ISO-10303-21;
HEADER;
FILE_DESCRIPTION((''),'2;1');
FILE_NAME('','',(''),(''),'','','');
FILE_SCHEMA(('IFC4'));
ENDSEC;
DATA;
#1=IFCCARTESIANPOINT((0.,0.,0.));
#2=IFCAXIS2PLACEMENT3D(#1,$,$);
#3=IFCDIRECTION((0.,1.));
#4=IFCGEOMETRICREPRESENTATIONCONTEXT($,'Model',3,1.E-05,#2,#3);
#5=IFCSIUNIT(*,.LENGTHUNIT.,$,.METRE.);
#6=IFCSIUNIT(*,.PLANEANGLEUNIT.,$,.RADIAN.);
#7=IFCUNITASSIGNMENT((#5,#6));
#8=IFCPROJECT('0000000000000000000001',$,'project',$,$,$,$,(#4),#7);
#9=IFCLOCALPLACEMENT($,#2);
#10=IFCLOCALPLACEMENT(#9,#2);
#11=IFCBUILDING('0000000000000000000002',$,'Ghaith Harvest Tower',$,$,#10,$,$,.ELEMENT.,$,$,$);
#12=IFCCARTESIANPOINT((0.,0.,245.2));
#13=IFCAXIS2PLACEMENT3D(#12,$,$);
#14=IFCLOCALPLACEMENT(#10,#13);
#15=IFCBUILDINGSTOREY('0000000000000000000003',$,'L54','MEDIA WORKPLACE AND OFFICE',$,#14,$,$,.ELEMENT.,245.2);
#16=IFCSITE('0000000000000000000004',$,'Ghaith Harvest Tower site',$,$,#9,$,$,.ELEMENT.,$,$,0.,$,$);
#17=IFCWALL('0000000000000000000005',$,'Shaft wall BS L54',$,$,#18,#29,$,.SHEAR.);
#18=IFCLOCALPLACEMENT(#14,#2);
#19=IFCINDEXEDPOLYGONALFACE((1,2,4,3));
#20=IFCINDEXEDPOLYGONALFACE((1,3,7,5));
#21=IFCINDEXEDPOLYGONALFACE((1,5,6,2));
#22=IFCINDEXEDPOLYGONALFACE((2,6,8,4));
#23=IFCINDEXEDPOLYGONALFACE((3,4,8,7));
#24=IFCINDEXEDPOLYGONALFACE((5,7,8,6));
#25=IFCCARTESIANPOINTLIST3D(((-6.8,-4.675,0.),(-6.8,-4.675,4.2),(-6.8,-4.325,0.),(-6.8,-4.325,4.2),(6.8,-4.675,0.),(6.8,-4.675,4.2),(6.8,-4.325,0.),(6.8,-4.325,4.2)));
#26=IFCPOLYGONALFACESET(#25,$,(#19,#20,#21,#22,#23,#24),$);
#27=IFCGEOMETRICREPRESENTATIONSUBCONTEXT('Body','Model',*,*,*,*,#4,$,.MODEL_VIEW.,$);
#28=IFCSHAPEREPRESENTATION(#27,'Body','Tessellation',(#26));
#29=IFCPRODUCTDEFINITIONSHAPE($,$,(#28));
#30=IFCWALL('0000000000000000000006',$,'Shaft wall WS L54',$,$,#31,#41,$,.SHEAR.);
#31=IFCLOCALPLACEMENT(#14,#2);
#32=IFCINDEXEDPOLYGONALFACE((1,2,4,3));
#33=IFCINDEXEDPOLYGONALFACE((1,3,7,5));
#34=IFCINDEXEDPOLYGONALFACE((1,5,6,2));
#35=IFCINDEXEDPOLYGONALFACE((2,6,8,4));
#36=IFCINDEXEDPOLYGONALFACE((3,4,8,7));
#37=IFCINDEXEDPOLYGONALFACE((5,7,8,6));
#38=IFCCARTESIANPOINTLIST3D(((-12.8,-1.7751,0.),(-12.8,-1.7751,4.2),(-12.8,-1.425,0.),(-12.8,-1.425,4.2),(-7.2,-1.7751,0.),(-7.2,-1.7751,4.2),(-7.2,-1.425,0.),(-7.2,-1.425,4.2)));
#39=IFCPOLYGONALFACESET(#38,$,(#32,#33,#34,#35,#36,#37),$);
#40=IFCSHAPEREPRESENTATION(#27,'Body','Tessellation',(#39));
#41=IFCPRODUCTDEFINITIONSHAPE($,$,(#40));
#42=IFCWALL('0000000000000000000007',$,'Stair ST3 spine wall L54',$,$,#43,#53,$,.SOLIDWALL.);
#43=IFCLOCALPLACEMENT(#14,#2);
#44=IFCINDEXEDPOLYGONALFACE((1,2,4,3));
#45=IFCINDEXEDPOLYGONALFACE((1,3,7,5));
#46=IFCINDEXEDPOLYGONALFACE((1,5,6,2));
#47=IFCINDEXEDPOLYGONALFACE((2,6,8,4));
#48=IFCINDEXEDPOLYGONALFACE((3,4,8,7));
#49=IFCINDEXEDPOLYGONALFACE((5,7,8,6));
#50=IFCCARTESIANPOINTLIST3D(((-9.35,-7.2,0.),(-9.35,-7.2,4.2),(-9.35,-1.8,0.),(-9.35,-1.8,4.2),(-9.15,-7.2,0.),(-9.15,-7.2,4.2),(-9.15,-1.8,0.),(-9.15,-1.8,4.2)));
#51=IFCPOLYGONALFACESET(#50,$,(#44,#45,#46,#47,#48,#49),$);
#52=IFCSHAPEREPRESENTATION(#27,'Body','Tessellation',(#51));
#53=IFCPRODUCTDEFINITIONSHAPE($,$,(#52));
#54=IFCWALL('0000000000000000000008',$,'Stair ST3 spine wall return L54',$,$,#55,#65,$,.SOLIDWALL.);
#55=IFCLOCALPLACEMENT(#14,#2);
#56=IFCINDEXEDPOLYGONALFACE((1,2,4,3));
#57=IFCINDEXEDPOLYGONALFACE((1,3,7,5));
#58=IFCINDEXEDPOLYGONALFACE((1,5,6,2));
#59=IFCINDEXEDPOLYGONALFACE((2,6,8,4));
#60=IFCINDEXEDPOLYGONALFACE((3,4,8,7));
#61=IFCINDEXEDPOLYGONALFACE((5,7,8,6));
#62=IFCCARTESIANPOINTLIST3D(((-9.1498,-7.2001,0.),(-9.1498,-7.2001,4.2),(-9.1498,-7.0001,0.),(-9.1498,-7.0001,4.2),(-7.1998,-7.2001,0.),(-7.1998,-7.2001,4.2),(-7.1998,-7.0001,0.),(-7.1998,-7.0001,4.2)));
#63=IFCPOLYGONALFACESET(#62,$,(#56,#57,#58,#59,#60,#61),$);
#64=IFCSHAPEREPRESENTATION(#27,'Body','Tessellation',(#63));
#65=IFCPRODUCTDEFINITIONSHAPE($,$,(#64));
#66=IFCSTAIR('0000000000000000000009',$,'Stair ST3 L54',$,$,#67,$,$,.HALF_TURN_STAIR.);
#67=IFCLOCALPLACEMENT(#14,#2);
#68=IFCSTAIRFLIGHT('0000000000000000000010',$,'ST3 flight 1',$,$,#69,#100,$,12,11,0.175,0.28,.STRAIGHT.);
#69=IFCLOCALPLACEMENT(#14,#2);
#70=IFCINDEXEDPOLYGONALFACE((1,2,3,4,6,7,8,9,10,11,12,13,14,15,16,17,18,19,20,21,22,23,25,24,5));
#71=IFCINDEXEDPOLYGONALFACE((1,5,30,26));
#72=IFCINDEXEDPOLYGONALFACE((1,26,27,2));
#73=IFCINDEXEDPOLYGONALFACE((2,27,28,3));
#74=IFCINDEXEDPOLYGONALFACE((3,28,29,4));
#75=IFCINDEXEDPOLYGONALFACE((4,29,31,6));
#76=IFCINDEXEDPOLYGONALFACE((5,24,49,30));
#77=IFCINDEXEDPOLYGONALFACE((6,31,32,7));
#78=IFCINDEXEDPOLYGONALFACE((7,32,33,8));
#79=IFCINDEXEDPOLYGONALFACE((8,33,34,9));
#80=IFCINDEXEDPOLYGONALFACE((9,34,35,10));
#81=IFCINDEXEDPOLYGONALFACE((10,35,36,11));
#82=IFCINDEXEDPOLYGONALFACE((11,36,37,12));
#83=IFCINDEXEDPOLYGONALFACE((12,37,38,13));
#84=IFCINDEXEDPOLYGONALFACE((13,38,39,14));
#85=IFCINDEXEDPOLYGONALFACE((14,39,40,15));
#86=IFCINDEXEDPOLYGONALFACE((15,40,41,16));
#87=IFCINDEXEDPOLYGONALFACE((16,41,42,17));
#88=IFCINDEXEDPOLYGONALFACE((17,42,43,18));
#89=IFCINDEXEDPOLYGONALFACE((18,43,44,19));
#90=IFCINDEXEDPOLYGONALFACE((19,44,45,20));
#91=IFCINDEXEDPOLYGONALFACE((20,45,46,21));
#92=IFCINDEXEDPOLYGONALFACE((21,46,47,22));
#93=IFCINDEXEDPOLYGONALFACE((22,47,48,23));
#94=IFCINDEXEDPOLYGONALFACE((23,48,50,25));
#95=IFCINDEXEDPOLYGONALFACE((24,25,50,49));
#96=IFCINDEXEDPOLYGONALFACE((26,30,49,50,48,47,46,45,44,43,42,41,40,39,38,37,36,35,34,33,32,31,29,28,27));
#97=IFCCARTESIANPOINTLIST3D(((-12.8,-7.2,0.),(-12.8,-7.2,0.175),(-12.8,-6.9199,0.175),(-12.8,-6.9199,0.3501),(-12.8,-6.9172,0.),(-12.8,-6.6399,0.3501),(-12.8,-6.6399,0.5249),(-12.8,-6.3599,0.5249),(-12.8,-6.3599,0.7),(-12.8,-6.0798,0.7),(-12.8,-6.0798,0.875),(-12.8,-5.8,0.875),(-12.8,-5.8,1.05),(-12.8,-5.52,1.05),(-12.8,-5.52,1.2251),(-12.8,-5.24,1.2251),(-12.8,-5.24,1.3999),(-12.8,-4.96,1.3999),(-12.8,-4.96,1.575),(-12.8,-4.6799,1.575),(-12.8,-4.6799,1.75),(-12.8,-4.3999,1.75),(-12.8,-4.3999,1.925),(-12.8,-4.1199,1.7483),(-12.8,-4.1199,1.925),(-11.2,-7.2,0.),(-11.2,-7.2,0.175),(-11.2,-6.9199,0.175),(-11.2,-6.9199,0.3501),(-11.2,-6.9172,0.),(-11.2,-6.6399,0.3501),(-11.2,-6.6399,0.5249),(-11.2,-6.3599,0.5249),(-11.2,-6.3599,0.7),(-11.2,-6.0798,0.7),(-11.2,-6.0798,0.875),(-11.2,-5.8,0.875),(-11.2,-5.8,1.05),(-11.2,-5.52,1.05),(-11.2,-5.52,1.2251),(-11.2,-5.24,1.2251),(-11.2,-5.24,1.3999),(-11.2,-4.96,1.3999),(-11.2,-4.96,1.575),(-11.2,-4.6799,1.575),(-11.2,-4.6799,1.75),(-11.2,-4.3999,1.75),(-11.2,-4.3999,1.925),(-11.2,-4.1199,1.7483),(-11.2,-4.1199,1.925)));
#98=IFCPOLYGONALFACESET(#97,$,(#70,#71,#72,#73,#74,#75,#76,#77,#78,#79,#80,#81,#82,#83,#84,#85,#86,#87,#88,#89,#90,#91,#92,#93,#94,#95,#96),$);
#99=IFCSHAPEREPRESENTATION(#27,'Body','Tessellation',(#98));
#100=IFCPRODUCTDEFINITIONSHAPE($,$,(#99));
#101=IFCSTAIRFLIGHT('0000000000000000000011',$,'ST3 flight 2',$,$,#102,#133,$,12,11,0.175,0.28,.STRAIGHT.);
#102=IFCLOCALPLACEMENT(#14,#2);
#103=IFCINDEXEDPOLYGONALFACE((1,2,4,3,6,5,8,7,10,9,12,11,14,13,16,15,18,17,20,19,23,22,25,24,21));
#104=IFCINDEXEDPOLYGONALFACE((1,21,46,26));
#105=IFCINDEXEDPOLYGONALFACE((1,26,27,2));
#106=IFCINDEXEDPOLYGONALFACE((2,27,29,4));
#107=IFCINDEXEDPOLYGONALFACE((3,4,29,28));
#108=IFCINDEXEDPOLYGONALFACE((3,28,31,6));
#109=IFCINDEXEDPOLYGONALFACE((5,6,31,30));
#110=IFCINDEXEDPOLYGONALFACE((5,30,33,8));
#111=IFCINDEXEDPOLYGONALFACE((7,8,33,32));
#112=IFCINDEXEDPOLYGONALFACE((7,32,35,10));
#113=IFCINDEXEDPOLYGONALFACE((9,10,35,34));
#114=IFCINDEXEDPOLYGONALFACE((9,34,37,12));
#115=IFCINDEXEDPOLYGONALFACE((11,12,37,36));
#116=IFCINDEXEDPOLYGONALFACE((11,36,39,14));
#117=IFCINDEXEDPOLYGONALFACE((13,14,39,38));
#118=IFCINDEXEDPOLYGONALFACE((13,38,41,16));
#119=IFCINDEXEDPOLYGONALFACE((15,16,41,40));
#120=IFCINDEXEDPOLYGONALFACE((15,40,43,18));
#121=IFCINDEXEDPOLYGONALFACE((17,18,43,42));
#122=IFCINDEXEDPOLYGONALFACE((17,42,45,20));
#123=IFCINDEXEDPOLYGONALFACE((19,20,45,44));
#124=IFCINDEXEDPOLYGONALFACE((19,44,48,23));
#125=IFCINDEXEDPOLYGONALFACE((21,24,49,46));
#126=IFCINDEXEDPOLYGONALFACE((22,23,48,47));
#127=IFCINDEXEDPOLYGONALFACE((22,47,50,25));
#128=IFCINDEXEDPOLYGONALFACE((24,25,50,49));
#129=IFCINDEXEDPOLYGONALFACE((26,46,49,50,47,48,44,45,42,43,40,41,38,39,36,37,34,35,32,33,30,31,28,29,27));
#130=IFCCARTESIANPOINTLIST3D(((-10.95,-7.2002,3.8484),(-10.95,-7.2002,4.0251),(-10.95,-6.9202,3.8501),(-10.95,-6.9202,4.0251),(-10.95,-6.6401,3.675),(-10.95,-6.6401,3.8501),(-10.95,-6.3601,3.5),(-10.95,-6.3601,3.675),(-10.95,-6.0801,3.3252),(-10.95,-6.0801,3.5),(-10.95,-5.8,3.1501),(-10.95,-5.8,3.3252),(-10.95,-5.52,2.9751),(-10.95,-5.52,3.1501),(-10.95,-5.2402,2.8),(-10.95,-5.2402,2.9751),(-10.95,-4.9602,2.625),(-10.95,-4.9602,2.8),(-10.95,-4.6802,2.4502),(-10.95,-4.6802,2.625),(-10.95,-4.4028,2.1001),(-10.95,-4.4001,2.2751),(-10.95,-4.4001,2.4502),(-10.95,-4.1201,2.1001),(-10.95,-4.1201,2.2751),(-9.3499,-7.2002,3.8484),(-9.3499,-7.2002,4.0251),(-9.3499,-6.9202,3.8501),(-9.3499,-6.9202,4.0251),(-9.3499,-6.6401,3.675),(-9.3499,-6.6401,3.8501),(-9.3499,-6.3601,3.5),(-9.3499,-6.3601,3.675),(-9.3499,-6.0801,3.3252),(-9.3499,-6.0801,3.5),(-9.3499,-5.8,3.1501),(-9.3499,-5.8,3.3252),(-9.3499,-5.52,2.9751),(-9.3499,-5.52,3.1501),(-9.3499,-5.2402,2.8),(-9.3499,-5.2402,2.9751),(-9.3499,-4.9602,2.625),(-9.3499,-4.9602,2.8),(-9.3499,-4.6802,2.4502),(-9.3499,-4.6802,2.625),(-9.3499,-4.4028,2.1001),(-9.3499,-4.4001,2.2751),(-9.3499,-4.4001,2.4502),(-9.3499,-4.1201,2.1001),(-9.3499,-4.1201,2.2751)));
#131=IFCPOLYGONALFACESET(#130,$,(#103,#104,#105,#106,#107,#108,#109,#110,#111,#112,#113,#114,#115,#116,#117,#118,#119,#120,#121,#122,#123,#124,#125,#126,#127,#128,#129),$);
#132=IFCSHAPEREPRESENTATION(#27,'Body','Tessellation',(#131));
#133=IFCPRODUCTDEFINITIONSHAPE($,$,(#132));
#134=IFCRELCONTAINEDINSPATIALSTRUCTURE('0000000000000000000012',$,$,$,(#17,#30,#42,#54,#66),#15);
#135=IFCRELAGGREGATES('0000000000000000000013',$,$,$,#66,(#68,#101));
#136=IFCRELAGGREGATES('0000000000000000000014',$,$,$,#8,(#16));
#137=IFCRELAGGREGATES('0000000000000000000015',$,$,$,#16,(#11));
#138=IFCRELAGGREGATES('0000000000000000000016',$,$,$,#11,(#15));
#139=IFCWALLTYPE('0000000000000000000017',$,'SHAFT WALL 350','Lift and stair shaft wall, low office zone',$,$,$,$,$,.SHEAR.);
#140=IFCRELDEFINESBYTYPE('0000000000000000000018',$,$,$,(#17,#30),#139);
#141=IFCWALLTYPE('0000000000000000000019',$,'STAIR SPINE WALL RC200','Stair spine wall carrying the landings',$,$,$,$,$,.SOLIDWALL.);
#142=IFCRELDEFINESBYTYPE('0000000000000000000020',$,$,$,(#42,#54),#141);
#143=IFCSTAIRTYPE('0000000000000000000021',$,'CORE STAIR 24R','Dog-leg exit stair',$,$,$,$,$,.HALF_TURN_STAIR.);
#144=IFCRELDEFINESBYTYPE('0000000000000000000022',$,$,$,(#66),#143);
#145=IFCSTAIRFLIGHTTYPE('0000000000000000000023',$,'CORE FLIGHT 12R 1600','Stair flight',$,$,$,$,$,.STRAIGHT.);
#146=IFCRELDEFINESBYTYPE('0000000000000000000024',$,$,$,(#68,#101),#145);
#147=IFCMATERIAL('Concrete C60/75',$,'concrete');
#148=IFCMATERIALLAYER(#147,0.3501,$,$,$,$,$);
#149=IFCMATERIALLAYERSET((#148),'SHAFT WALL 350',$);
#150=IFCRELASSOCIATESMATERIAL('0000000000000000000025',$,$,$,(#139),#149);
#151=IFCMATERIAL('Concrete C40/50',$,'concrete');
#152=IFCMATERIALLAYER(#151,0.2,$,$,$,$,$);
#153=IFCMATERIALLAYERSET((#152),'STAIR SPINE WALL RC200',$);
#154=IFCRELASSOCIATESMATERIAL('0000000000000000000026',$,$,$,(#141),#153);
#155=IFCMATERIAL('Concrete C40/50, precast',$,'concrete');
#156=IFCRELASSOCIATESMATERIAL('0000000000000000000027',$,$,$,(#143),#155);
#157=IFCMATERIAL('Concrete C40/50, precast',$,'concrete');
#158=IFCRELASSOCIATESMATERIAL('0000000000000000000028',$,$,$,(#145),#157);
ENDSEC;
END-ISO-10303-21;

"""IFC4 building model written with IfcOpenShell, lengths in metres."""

from ifc_helpers import new_model, si_unit, direction, frame, frame_2d, origin, place, context, subcontext, project, spatial, polyline, rectangle, outline, extrude, material, layer, layer_set, type_object, element, aggregate, save


model = new_model("IFC4")

# Units and contexts
model_context = context("Model", 3, precision=1e-05, world=origin(), true_north=direction((0.0, 1.0)))
body_context = subcontext(model_context, "Body", "Model", "MODEL_VIEW")
ifc_project = project(units=[si_unit("LENGTHUNIT", "METRE"), si_unit("PLANEANGLEUNIT", "RADIAN")], contexts=[model_context])

# Site, building, storey
site_placement = place(None, origin())
site = spatial("IfcSite", under=ifc_project, at=site_placement, Name="Ghaith Harvest Tower site", CompositionType="ELEMENT", RefElevation=0.0)
building_placement = place(site_placement, origin())
building = spatial("IfcBuilding", under=site, at=building_placement, Name="Ghaith Harvest Tower", CompositionType="ELEMENT")
storey_placement = place(building_placement, frame((0.0, 0.0, 245.2)))
storey = spatial("IfcBuildingStorey", under=building, at=storey_placement, Name="L54", Description="MEDIA WORKPLACE AND OFFICE", CompositionType="ELEMENT", Elevation=245.2)

# Shared definitions
ifc_material_1 = material(Name="Concrete C60/75", Category="concrete")
ifc_layer_1 = layer(ifc_material_1, 0.3501)
ifc_layer_set_1 = layer_set([ifc_layer_1], Name="SHAFT WALL 350")
wall_type_1 = type_object("IfcWallType", Name="SHAFT WALL 350", Description="Lift and stair shaft wall, low office zone", PredefinedType="SHEAR", material=ifc_layer_set_1)

# Walls
wall_1_placement = place(storey_placement, frame((-6.8, -4.5, 0.0), z_axis=(0.0, 0.0, 1.0), x_axis=(1.0, 0.0, 0.0)))
element("IfcWall", 1, at=wall_1_placement, inside=storey, type_object=wall_type_1, Name="Shaft wall BS L54", PredefinedType="SHEAR", context=body_context, shape_type="SweptSolid", body=[
    extrude(rectangle(XDim=13.6001, YDim=0.3501, at=frame_2d((6.8, 0.0))), origin(), (0.0, 0.0, 1.0), 4.2),
])
wall_2_placement = place(storey_placement, frame((-12.8, -1.6001, 0.0), z_axis=(0.0, 0.0, 1.0), x_axis=(1.0, 0.0, 0.0)))
element("IfcWall", 2, at=wall_2_placement, inside=storey, type_object=wall_type_1, Name="Shaft wall WS L54", PredefinedType="SHEAR", context=body_context, shape_type="SweptSolid", body=[
    extrude(rectangle(XDim=5.6001, YDim=0.3501, at=frame_2d((2.8, 0.0))), origin(), (0.0, 0.0, 1.0), 4.2),
])
ifc_material_2 = material(Name="Concrete C40/50", Category="concrete")
ifc_layer_2 = layer(ifc_material_2, 0.2)
ifc_layer_set_2 = layer_set([ifc_layer_2], Name="STAIR SPINE WALL RC200")
wall_type_2 = type_object("IfcWallType", Name="STAIR SPINE WALL RC200", Description="Stair spine wall carrying the landings", PredefinedType="SOLIDWALL", material=ifc_layer_set_2)
wall_3_placement = place(storey_placement, frame((-9.25, -7.2, 0.0), z_axis=(0.0, 0.0, 1.0), x_axis=(0.0, 1.0, 0.0)))
element("IfcWall", 3, at=wall_3_placement, inside=storey, type_object=wall_type_2, Name="Stair ST3 spine wall L54", PredefinedType="SOLIDWALL", context=body_context, shape_type="SweptSolid", body=[
    extrude(rectangle(XDim=5.3999, YDim=0.2, at=frame_2d((2.7, 0.0))), origin(), (0.0, 0.0, 1.0), 4.2),
])
wall_4_placement = place(storey_placement, frame((-9.1499, -7.1001, 0.0), z_axis=(0.0, 0.0, 1.0), x_axis=(1.0, 0.0, 0.0)))
element("IfcWall", 4, at=wall_4_placement, inside=storey, type_object=wall_type_2, Name="Stair ST3 spine wall return L54", PredefinedType="SOLIDWALL", context=body_context, shape_type="SweptSolid", body=[
    extrude(rectangle(XDim=1.95, YDim=0.2, at=frame_2d((0.9751, 0.0))), origin(), (0.0, 0.0, 1.0), 4.2),
])

# Stair, stair flights
ifc_material_3 = material(Name="Concrete C40/50, precast", Category="concrete")
stair_type = type_object("IfcStairType", Name="CORE STAIR 24R", Description="Dog-leg exit stair", PredefinedType="HALF_TURN_STAIR", material=ifc_material_3)
stair_placement = place(storey_placement, origin())
stair = element("IfcStair", 5, at=stair_placement, inside=storey, type_object=stair_type, Name="Stair ST3 L54", PredefinedType="HALF_TURN_STAIR")
ifc_material_4 = material(Name="Concrete C40/50, precast", Category="concrete")
stair_flight_type = type_object("IfcStairFlightType", Name="CORE FLIGHT 12R 1600", Description="Stair flight", PredefinedType="STRAIGHT", material=ifc_material_4)
stair_flight_1_placement = place(storey_placement, frame((-12.0, -7.2, 0.0), z_axis=(0.0, 0.0, 1.0), x_axis=(0.0, 1.0, 0.0)))
stair_flight_1 = element("IfcStairFlight", 6, at=stair_flight_1_placement, type_object=stair_flight_type, Name="ST3 flight 1", NumberOfRisers=12, NumberOfTreads=11, PredefinedType="STRAIGHT", RiserHeight=0.175, TreadLength=0.28, context=body_context, shape_type="SweptSolid", body=[
    extrude(outline(polyline([(0.0, 0.0), (0.0, 0.175), (0.28, 0.175), (0.28, 0.3501), (0.5601, 0.3501), (0.5601, 0.5249), (0.8401, 0.5249), (0.8401, 0.7), (1.1201, 0.7), (1.1201, 0.875), (1.3999, 0.875), (1.3999, 1.05), (1.6799, 1.05), (1.6799, 1.2251), (1.96, 1.2251), (1.96, 1.3999), (2.24, 1.3999), (2.24, 1.575), (2.52, 1.575), (2.52, 1.75), (2.8, 1.75), (2.8, 1.925), (3.0801, 1.925), (3.0801, 2.1001), (3.0801, 1.7483), (0.2827, 0.0), (0.0, 0.0)])), frame((0.0, 0.8, 0.0), z_axis=(0.0, -1.0, 0.0), x_axis=(1.0, 0.0, 0.0)), (0.0, 0.0, 1.0), 1.6001),
])
stair_flight_2_placement = place(storey_placement, frame((-10.1499, -4.1201, 2.1001), z_axis=(0.0, 0.0, 1.0), x_axis=(0.0, -1.0, 0.0)))
stair_flight_2 = element("IfcStairFlight", 7, at=stair_flight_2_placement, type_object=stair_flight_type, Name="ST3 flight 2", NumberOfRisers=12, NumberOfTreads=11, PredefinedType="STRAIGHT", RiserHeight=0.175, TreadLength=0.28, context=body_context, shape_type="SweptSolid", body=[
    extrude(outline(polyline([(0.0, 0.0), (0.0, 0.175), (0.28, 0.175), (0.28, 0.3501), (0.5601, 0.3501), (0.5601, 0.5249), (0.8401, 0.5249), (0.8401, 0.7), (1.1201, 0.7), (1.1201, 0.875), (1.3999, 0.875), (1.3999, 1.05), (1.6799, 1.05), (1.6799, 1.2251), (1.96, 1.2251), (1.96, 1.3999), (2.24, 1.3999), (2.24, 1.575), (2.52, 1.575), (2.52, 1.75), (2.8, 1.75), (2.8, 1.925), (3.0801, 1.925), (3.0801, 2.1001), (3.0801, 1.7483), (0.2827, 0.0), (0.0, 0.0)])), frame((0.0, 0.8, 0.0), z_axis=(0.0, -1.0, 0.0), x_axis=(1.0, 0.0, 0.0)), (0.0, 0.0, 1.0), 1.6001),
])
aggregate(stair, [stair_flight_1, stair_flight_2])

save(model, "model.ifc")
